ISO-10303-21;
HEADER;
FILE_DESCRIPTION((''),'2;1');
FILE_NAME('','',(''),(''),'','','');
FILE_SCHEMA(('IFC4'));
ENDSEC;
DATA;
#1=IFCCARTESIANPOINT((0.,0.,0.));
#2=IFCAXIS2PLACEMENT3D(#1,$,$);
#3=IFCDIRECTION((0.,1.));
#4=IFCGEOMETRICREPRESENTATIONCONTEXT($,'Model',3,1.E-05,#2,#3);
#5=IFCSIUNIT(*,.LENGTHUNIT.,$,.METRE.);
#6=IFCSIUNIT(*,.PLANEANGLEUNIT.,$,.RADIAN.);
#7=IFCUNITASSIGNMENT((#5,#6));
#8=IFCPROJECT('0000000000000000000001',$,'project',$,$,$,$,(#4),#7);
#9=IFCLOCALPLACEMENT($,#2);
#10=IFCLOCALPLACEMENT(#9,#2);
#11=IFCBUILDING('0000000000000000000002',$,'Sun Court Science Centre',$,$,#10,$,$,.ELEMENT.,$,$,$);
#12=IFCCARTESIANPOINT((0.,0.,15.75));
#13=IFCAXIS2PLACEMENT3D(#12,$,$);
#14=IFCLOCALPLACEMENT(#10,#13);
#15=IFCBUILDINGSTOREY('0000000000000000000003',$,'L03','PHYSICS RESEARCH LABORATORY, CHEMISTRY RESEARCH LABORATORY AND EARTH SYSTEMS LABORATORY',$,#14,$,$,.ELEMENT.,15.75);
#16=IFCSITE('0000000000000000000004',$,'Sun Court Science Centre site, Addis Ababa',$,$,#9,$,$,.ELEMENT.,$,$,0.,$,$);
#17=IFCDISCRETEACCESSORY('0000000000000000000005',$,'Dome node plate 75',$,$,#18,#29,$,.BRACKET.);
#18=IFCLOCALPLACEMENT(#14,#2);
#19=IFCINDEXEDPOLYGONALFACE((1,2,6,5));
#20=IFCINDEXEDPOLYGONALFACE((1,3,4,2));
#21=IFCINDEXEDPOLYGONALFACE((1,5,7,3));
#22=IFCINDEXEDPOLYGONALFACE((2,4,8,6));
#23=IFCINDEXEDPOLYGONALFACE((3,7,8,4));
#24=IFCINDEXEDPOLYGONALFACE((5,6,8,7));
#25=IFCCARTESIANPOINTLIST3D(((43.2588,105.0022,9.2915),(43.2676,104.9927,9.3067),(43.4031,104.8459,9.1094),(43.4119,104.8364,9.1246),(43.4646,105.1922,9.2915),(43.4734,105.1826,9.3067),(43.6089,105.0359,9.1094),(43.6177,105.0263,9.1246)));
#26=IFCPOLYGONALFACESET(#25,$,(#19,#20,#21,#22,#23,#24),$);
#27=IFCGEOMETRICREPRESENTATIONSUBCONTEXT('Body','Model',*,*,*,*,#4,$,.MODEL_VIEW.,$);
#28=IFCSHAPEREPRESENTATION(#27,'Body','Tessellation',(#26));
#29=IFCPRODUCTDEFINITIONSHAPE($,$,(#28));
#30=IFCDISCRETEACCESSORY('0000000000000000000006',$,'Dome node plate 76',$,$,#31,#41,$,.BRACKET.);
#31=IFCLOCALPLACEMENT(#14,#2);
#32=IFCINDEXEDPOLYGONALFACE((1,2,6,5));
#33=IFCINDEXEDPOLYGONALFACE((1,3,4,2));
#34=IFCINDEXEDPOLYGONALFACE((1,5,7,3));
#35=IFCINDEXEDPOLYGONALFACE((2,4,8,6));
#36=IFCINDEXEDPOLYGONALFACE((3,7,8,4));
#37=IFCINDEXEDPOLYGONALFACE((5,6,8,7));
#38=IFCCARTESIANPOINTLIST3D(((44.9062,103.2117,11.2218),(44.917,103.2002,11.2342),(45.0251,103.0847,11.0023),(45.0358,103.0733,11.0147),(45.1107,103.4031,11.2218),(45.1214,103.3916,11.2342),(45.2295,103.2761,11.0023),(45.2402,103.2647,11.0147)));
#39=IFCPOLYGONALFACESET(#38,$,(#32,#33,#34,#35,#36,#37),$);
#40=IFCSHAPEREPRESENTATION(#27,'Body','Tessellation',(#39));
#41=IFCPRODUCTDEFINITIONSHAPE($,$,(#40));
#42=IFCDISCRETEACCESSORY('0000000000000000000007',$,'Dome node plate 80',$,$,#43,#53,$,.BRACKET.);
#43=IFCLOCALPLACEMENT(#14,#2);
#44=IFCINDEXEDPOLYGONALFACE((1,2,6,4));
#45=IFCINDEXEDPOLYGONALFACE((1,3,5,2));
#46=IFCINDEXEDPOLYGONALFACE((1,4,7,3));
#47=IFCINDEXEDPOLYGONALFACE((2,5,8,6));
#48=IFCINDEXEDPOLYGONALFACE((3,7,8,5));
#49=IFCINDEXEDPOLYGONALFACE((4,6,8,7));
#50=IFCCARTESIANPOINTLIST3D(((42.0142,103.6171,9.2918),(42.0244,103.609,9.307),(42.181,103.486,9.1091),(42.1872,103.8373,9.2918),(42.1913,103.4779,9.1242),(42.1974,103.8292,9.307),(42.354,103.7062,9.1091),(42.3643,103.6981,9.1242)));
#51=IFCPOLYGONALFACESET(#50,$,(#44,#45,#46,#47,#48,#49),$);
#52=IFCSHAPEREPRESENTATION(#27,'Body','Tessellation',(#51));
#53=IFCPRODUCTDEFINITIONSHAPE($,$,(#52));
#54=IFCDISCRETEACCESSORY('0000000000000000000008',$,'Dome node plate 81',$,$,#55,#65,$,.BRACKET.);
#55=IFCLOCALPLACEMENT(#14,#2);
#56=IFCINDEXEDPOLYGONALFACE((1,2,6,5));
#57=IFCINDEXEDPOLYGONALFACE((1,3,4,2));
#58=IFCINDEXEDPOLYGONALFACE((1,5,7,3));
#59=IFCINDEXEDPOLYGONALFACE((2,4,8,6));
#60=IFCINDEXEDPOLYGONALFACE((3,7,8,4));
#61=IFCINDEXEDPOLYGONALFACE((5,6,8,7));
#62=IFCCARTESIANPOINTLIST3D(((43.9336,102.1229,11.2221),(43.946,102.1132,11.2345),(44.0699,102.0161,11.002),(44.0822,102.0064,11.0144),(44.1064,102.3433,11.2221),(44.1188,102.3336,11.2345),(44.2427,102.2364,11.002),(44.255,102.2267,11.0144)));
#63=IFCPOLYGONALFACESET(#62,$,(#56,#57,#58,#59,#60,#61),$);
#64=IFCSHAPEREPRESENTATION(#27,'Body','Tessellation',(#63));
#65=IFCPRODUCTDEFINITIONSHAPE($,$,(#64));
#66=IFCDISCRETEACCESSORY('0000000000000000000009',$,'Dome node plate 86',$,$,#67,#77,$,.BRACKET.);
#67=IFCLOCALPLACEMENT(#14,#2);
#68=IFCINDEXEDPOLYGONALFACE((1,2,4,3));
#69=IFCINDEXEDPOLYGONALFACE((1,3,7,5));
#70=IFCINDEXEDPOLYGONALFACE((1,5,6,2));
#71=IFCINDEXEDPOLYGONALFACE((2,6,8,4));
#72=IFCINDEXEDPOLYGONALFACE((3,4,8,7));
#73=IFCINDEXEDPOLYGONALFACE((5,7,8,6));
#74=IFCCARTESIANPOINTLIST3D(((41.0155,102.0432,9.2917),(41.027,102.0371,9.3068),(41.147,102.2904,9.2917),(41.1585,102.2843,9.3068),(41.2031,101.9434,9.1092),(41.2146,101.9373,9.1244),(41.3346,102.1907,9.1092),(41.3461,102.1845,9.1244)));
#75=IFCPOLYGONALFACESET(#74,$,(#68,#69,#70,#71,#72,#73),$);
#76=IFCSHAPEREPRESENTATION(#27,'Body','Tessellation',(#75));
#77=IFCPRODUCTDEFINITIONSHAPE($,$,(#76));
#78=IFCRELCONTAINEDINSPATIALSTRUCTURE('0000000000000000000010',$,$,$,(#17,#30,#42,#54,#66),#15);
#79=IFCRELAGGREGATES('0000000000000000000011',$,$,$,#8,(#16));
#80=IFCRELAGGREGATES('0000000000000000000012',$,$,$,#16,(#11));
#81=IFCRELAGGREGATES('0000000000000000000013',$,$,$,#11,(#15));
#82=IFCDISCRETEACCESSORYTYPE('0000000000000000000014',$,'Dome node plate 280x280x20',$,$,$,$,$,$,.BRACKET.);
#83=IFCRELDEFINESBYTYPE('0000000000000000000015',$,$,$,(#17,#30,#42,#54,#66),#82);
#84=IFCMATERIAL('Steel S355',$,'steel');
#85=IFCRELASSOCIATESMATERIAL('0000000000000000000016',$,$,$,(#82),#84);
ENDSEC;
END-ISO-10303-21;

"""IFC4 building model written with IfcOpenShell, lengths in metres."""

from ifc_helpers import new_model, si_unit, direction, frame, origin, origin_2d, place, context, subcontext, project, spatial, rectangle, extrude, material, material_profile, profile_set, type_object, element, save


model = new_model("IFC4")

# Units and contexts
model_context = context("Model", 3, precision=1e-05, world=origin(), true_north=direction((0.0, 1.0)))
body_context = subcontext(model_context, "Body", "Model", "MODEL_VIEW")
ifc_project = project(units=[si_unit("LENGTHUNIT", "METRE"), si_unit("PLANEANGLEUNIT", "RADIAN")], contexts=[model_context])

# Site, building, storey
site_placement = place(None, origin())
site = spatial("IfcSite", under=ifc_project, at=site_placement, Name="Sun Court Science Centre site, Addis Ababa", CompositionType="ELEMENT", RefElevation=0.0)
building_placement = place(site_placement, origin())
building = spatial("IfcBuilding", under=site, at=building_placement, Name="Sun Court Science Centre", CompositionType="ELEMENT")
storey_placement = place(building_placement, frame((0.0, 0.0, 15.75)))
storey = spatial("IfcBuildingStorey", under=building, at=storey_placement, Name="L03", Description="PHYSICS RESEARCH LABORATORY, CHEMISTRY RESEARCH LABORATORY AND EARTH SYSTEMS LABORATORY", CompositionType="ELEMENT", Elevation=15.75)

# Discrete accessories
ifc_material_1 = material(Name="Steel S355", Category="steel")
ifc_material_profile_1 = material_profile(ifc_material_1, rectangle(XDim=0.28, YDim=0.28, at=origin_2d()), Name="PL 280x280")
ifc_profile_set_1 = profile_set([ifc_material_profile_1], Name="Steel S355")
discrete_accessory_type = type_object("IfcDiscreteAccessoryType", Name="Dome node plate 280x280x20", PredefinedType="BRACKET", material=ifc_profile_set_1)
for number, where, z_axis, x_axis, name in (
    (1, (43.4338, 105.019, 9.2004), (0.441096, -0.477854, 0.759665), (0.734803, 0.67828, 0.0), "Dome node plate 75"),
    (2, (45.0679, 103.2439, 11.1121), (0.53571, -0.572235, 0.620936), (0.730021, 0.683424, 0.0), "Dome node plate 76"),
    (3, (42.1841, 103.6616, 9.2004), (0.513227, -0.403249, 0.75762), (0.617822, 0.786318, 0.0), "Dome node plate 80"),
    (4, (44.0881, 102.1797, 11.1121), (0.618375, -0.485, 0.618375), (0.61714, 0.786853, 0.0), "Dome node plate 81"),
    (5, (41.175, 102.1169, 9.2004), (0.575141, -0.305926, 0.758697), (0.469613, 0.882872, 0.0), "Dome node plate 86"),
):
    element("IfcDiscreteAccessory", number, at=place(storey_placement, frame(where, z_axis=z_axis, x_axis=x_axis)), inside=storey, type_object=discrete_accessory_type, Name=name, PredefinedType="BRACKET", context=body_context, shape_type="SweptSolid", body=[
        extrude(rectangle(XDim=0.28, YDim=0.28, at=origin_2d()), origin(), (0.0, 0.0, 1.0), 0.02),
    ])

save(model, "model.ifc")
